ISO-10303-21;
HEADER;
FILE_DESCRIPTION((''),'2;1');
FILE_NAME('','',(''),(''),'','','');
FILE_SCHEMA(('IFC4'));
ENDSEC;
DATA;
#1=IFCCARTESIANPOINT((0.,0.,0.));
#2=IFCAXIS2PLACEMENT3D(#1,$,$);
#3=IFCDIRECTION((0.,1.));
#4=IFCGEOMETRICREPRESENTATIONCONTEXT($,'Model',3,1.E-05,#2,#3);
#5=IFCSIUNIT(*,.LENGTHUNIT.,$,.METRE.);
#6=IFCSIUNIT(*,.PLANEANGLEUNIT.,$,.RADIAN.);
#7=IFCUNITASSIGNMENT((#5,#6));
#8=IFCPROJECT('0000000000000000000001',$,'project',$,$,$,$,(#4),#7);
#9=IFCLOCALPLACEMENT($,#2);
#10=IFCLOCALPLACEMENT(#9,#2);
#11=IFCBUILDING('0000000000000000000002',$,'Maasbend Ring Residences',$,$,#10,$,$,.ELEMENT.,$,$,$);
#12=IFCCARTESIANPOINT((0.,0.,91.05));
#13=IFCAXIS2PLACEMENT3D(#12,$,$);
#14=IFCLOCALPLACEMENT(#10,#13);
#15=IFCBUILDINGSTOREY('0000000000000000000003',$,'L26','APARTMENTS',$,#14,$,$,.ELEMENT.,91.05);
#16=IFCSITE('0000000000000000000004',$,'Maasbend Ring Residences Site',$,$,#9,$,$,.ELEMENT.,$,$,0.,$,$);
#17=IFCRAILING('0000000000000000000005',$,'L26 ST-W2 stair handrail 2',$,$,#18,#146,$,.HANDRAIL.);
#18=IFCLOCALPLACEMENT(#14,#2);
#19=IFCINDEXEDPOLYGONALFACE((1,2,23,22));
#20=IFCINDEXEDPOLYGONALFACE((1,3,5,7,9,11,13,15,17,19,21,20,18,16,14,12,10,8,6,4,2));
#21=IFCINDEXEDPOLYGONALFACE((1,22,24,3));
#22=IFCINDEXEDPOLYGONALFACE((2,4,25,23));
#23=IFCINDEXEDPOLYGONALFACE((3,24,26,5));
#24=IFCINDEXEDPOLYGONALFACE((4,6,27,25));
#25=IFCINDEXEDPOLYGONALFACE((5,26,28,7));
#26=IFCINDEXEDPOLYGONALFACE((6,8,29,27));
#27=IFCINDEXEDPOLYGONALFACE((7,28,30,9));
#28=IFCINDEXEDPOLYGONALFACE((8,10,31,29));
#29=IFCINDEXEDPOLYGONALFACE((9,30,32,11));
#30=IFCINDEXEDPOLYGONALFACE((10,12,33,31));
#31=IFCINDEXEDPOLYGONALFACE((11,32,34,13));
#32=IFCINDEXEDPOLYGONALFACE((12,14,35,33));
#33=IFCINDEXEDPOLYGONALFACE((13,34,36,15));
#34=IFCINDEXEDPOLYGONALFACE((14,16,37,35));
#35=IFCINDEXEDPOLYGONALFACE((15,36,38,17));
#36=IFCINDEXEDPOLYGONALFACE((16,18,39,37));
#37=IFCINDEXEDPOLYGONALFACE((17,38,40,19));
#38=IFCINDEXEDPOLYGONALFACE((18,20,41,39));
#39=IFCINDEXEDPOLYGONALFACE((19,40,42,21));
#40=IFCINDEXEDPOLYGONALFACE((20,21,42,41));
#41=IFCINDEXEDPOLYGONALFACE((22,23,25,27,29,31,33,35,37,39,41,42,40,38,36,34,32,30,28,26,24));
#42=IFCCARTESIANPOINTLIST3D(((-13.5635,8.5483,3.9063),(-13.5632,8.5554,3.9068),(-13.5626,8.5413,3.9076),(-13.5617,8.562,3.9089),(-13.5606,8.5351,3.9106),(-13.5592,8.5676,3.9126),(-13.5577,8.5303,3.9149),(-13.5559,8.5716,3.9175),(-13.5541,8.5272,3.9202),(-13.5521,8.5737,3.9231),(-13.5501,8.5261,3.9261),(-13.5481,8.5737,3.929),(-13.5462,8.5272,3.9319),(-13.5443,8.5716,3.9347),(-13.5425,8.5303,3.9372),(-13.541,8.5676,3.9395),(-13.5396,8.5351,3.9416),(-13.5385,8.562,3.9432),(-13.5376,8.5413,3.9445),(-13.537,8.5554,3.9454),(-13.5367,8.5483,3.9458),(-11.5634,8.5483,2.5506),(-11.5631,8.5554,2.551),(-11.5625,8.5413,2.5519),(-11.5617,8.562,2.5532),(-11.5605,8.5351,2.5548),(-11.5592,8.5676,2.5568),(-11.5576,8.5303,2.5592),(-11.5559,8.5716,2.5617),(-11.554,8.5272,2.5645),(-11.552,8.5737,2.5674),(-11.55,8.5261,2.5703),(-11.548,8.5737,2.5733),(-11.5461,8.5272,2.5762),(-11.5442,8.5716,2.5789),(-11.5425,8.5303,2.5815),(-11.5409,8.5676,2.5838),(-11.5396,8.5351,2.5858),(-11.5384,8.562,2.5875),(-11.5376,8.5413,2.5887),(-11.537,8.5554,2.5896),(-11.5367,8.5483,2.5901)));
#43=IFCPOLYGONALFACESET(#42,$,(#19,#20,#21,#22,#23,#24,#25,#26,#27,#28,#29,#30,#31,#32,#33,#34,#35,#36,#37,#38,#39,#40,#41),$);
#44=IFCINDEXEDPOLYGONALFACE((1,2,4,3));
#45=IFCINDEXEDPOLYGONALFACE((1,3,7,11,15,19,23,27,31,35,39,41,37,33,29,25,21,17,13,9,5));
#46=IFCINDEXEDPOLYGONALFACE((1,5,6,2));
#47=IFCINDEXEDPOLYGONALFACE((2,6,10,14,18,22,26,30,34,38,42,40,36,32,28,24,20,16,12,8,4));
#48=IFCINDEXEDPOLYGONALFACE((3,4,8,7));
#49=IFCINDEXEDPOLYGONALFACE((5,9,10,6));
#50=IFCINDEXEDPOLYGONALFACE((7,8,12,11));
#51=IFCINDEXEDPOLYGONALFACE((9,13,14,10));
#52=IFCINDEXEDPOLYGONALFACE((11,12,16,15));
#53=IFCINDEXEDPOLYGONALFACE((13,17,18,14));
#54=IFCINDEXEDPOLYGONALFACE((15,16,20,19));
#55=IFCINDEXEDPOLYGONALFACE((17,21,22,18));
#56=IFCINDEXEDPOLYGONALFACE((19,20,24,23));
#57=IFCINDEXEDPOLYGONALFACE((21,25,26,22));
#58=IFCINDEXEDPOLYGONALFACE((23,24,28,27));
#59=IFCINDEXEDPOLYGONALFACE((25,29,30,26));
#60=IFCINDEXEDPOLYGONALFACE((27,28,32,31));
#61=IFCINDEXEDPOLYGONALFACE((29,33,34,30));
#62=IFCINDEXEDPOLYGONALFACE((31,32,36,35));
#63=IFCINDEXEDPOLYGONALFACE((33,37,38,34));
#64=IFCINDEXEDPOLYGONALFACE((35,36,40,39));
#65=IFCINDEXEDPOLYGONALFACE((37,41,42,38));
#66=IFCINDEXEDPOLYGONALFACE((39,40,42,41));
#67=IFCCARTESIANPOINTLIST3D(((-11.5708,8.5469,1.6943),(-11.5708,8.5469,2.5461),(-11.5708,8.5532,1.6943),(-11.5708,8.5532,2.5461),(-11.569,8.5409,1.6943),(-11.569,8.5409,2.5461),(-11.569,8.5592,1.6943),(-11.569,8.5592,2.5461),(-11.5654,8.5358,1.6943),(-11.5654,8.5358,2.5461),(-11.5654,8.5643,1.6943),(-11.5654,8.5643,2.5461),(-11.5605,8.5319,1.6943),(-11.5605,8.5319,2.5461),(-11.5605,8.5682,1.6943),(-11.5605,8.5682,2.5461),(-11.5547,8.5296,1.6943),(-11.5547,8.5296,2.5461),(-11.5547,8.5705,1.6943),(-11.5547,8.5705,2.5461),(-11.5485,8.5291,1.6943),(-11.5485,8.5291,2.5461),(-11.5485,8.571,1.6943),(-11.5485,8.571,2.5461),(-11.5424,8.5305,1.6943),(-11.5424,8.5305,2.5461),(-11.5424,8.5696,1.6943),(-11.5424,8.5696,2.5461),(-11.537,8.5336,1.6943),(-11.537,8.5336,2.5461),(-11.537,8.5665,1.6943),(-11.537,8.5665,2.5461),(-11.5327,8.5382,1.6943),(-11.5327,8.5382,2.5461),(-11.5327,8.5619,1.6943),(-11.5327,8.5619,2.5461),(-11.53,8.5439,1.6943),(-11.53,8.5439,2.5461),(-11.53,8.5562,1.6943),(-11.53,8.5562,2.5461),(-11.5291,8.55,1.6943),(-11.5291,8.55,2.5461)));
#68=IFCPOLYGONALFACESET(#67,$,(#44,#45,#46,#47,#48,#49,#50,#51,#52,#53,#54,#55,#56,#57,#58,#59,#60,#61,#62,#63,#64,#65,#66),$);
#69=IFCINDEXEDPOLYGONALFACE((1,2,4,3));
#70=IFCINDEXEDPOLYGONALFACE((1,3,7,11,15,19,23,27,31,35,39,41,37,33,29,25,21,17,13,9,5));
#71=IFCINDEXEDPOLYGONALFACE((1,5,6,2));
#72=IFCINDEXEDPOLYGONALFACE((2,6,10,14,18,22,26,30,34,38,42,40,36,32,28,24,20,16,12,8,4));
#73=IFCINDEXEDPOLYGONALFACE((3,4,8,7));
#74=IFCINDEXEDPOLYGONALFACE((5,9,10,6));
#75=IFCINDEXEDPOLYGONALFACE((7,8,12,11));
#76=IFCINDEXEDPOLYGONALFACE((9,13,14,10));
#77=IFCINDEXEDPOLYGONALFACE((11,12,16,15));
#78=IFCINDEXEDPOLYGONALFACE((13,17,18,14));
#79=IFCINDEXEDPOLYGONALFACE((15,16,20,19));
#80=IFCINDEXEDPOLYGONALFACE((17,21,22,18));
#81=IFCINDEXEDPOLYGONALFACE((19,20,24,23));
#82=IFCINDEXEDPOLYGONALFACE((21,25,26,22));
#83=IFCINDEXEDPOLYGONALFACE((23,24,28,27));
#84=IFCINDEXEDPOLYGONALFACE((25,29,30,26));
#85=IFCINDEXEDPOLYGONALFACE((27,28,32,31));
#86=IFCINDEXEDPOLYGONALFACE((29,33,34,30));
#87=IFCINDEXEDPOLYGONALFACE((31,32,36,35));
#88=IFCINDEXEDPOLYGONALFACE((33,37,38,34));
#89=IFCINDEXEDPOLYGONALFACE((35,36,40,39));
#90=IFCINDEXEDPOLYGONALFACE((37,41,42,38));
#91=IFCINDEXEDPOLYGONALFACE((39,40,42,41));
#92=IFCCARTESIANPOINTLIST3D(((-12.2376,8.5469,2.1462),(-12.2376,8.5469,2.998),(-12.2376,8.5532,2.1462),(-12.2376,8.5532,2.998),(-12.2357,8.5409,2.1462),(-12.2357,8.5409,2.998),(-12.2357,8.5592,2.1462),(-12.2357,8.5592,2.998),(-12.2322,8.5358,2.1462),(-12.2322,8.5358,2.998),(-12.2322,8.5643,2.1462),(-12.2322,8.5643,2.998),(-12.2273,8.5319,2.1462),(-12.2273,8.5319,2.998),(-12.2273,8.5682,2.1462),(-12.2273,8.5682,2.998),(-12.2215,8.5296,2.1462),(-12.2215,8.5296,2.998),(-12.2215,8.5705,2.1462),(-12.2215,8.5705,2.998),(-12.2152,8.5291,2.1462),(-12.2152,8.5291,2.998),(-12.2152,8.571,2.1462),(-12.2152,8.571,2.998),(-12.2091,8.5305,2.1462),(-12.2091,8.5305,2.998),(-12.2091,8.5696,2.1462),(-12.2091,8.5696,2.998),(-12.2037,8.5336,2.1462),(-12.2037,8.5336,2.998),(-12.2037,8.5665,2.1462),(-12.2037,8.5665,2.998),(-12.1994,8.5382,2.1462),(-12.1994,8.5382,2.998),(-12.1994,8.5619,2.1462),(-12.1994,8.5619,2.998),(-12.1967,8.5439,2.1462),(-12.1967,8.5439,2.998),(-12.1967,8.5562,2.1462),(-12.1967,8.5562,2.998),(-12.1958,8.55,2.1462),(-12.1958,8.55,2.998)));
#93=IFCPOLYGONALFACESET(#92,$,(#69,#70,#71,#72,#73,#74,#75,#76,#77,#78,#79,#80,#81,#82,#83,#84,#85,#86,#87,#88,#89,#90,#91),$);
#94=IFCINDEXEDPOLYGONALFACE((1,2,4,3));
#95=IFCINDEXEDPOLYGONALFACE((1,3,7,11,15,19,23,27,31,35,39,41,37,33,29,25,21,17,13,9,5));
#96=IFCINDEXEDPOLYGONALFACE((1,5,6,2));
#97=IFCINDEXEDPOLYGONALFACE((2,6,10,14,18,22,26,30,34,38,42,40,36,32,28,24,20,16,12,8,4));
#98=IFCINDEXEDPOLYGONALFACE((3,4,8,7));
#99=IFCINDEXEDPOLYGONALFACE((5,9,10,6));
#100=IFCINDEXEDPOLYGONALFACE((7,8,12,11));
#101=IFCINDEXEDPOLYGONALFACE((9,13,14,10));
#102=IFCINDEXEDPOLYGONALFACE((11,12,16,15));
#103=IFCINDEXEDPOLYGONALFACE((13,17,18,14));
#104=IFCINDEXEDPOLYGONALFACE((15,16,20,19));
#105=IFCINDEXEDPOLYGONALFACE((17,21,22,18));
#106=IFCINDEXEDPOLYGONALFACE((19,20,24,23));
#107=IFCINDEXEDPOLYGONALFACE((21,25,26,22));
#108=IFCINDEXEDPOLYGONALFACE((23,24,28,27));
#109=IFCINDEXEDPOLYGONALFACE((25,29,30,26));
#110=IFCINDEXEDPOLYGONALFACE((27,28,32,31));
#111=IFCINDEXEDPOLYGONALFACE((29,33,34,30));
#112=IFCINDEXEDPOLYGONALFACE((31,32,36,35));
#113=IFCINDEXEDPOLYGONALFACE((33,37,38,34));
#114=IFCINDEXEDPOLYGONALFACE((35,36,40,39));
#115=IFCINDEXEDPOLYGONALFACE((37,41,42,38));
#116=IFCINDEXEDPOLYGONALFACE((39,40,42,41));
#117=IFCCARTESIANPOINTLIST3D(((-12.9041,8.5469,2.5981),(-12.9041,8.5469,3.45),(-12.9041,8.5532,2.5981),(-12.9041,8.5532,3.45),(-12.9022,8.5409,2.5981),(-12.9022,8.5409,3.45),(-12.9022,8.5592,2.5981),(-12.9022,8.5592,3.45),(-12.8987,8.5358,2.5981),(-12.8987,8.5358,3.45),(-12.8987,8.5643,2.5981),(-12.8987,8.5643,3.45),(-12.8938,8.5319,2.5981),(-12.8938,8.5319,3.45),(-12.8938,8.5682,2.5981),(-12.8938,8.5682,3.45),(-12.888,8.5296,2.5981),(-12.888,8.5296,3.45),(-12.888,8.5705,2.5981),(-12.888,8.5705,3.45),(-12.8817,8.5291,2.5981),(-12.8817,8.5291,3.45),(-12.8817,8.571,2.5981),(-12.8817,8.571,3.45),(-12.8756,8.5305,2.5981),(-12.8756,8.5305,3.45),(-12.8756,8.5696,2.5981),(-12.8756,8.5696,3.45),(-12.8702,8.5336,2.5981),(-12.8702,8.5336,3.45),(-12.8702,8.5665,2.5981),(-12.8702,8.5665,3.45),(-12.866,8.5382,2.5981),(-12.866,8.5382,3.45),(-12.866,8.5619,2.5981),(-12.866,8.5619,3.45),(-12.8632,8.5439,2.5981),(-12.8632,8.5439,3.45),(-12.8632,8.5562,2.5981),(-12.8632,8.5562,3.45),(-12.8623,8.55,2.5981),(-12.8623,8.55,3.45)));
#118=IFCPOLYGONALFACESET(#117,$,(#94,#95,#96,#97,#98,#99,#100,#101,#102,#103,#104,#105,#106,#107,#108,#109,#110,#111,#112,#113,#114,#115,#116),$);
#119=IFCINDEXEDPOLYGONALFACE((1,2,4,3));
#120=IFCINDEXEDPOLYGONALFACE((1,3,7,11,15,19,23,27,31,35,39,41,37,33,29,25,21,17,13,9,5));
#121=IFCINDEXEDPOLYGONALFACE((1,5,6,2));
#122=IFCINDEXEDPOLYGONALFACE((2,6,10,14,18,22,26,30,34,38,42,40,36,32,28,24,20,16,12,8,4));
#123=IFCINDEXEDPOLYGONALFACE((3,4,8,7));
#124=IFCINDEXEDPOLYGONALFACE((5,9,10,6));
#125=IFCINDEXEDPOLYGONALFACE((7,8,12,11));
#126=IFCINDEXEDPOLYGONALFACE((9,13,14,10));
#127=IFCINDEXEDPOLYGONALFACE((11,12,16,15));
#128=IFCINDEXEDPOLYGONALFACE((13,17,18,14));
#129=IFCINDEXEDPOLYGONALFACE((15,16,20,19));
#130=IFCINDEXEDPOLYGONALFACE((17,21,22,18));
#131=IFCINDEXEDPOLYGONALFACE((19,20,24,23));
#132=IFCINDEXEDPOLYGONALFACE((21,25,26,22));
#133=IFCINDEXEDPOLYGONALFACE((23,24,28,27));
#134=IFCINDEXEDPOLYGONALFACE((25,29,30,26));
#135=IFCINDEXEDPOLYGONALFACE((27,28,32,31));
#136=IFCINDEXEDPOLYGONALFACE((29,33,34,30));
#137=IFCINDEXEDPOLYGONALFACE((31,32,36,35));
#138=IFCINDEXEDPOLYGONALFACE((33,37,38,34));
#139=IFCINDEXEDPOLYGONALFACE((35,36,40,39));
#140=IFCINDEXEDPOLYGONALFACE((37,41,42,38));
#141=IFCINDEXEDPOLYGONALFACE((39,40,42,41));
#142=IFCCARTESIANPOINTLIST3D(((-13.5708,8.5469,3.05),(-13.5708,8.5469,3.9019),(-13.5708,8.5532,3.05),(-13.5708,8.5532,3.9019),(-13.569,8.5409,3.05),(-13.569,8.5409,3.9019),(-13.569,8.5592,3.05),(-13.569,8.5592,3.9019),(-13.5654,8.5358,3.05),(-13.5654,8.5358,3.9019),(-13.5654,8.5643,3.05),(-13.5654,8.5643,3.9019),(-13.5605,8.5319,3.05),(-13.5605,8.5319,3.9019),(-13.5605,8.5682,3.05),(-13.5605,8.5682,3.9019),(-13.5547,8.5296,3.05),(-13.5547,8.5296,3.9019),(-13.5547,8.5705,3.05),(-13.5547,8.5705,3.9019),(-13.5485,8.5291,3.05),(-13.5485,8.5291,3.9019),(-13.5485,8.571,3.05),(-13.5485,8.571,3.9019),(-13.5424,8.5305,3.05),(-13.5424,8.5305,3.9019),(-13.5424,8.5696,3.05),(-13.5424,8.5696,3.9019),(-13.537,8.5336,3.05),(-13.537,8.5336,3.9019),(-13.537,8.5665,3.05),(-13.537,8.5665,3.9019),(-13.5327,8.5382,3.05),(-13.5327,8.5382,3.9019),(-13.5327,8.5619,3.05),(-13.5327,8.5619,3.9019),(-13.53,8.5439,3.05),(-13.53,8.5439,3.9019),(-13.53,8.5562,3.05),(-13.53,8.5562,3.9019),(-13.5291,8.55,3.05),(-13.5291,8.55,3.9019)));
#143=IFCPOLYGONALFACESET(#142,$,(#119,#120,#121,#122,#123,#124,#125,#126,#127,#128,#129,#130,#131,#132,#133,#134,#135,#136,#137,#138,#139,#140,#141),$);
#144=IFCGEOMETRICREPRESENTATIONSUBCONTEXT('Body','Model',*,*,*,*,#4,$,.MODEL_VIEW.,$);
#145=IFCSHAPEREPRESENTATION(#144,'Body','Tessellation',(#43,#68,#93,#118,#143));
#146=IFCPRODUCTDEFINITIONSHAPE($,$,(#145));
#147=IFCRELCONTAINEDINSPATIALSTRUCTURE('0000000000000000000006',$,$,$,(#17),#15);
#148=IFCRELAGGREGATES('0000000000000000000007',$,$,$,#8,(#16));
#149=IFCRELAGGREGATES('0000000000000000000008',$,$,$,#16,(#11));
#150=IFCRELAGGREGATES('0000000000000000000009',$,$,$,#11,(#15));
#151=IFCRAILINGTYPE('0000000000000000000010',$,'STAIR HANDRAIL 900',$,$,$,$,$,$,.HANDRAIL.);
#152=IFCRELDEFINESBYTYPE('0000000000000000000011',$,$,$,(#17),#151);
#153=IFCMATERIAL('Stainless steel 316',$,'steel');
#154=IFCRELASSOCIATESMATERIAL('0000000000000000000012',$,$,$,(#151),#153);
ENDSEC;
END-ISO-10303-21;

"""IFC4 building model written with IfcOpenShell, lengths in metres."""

from ifc_helpers import new_model, si_unit, direction, frame, origin, origin_2d, place, context, subcontext, project, spatial, circle, extrude, material, type_object, element, save


model = new_model("IFC4")

# Units and contexts
model_context = context("Model", 3, precision=1e-05, world=origin(), true_north=direction((0.0, 1.0)))
body_context = subcontext(model_context, "Body", "Model", "MODEL_VIEW")
ifc_project = project(units=[si_unit("LENGTHUNIT", "METRE"), si_unit("PLANEANGLEUNIT", "RADIAN")], contexts=[model_context])

# Site, building, storey
site_placement = place(None, origin())
site = spatial("IfcSite", under=ifc_project, at=site_placement, Name="Maasbend Ring Residences Site", CompositionType="ELEMENT", RefElevation=0.0)
building_placement = place(site_placement, origin())
building = spatial("IfcBuilding", under=site, at=building_placement, Name="Maasbend Ring Residences", CompositionType="ELEMENT")
storey_placement = place(building_placement, frame((0.0, 0.0, 91.05)))
storey = spatial("IfcBuildingStorey", under=building, at=storey_placement, Name="L26", Description="APARTMENTS", CompositionType="ELEMENT", Elevation=91.05)

# Railing
ifc_material_1 = material(Name="Stainless steel 316", Category="steel")
railing_type_1 = type_object("IfcRailingType", Name="STAIR HANDRAIL 900", PredefinedType="HANDRAIL", material=ifc_material_1)
railing_1_placement = place(storey_placement, frame((-11.55, 8.55, 1.6943)))
element("IfcRailing", 1, at=railing_1_placement, inside=storey, type_object=railing_type_1, Name="L26 ST-W2 stair handrail 2", PredefinedType="HANDRAIL", context=body_context, shape_type="SweptSolid", body=[
    extrude(circle(Radius=0.0239, at=origin_2d()), frame((0.0, 0.0, 0.876), z_axis=(-0.827751, 0.0, 0.561096), x_axis=(0.0, -1.0, 0.0)), (0.0, 0.0, 1.0), 2.4163),
    extrude(circle(Radius=0.021, at=origin_2d()), origin(), (0.0, 0.0, 1.0), 0.8518),
    extrude(circle(Radius=0.021, at=origin_2d()), frame((-0.6667, 0.0, 0.4519)), (0.0, 0.0, 1.0), 0.8518),
    extrude(circle(Radius=0.021, at=origin_2d()), frame((-1.3333, 0.0, 0.9038)), (0.0, 0.0, 1.0), 0.8518),
    extrude(circle(Radius=0.021, at=origin_2d()), frame((-2.0, 0.0, 1.3557)), (0.0, 0.0, 1.0), 0.8518),
])

save(model, "model.ifc")
